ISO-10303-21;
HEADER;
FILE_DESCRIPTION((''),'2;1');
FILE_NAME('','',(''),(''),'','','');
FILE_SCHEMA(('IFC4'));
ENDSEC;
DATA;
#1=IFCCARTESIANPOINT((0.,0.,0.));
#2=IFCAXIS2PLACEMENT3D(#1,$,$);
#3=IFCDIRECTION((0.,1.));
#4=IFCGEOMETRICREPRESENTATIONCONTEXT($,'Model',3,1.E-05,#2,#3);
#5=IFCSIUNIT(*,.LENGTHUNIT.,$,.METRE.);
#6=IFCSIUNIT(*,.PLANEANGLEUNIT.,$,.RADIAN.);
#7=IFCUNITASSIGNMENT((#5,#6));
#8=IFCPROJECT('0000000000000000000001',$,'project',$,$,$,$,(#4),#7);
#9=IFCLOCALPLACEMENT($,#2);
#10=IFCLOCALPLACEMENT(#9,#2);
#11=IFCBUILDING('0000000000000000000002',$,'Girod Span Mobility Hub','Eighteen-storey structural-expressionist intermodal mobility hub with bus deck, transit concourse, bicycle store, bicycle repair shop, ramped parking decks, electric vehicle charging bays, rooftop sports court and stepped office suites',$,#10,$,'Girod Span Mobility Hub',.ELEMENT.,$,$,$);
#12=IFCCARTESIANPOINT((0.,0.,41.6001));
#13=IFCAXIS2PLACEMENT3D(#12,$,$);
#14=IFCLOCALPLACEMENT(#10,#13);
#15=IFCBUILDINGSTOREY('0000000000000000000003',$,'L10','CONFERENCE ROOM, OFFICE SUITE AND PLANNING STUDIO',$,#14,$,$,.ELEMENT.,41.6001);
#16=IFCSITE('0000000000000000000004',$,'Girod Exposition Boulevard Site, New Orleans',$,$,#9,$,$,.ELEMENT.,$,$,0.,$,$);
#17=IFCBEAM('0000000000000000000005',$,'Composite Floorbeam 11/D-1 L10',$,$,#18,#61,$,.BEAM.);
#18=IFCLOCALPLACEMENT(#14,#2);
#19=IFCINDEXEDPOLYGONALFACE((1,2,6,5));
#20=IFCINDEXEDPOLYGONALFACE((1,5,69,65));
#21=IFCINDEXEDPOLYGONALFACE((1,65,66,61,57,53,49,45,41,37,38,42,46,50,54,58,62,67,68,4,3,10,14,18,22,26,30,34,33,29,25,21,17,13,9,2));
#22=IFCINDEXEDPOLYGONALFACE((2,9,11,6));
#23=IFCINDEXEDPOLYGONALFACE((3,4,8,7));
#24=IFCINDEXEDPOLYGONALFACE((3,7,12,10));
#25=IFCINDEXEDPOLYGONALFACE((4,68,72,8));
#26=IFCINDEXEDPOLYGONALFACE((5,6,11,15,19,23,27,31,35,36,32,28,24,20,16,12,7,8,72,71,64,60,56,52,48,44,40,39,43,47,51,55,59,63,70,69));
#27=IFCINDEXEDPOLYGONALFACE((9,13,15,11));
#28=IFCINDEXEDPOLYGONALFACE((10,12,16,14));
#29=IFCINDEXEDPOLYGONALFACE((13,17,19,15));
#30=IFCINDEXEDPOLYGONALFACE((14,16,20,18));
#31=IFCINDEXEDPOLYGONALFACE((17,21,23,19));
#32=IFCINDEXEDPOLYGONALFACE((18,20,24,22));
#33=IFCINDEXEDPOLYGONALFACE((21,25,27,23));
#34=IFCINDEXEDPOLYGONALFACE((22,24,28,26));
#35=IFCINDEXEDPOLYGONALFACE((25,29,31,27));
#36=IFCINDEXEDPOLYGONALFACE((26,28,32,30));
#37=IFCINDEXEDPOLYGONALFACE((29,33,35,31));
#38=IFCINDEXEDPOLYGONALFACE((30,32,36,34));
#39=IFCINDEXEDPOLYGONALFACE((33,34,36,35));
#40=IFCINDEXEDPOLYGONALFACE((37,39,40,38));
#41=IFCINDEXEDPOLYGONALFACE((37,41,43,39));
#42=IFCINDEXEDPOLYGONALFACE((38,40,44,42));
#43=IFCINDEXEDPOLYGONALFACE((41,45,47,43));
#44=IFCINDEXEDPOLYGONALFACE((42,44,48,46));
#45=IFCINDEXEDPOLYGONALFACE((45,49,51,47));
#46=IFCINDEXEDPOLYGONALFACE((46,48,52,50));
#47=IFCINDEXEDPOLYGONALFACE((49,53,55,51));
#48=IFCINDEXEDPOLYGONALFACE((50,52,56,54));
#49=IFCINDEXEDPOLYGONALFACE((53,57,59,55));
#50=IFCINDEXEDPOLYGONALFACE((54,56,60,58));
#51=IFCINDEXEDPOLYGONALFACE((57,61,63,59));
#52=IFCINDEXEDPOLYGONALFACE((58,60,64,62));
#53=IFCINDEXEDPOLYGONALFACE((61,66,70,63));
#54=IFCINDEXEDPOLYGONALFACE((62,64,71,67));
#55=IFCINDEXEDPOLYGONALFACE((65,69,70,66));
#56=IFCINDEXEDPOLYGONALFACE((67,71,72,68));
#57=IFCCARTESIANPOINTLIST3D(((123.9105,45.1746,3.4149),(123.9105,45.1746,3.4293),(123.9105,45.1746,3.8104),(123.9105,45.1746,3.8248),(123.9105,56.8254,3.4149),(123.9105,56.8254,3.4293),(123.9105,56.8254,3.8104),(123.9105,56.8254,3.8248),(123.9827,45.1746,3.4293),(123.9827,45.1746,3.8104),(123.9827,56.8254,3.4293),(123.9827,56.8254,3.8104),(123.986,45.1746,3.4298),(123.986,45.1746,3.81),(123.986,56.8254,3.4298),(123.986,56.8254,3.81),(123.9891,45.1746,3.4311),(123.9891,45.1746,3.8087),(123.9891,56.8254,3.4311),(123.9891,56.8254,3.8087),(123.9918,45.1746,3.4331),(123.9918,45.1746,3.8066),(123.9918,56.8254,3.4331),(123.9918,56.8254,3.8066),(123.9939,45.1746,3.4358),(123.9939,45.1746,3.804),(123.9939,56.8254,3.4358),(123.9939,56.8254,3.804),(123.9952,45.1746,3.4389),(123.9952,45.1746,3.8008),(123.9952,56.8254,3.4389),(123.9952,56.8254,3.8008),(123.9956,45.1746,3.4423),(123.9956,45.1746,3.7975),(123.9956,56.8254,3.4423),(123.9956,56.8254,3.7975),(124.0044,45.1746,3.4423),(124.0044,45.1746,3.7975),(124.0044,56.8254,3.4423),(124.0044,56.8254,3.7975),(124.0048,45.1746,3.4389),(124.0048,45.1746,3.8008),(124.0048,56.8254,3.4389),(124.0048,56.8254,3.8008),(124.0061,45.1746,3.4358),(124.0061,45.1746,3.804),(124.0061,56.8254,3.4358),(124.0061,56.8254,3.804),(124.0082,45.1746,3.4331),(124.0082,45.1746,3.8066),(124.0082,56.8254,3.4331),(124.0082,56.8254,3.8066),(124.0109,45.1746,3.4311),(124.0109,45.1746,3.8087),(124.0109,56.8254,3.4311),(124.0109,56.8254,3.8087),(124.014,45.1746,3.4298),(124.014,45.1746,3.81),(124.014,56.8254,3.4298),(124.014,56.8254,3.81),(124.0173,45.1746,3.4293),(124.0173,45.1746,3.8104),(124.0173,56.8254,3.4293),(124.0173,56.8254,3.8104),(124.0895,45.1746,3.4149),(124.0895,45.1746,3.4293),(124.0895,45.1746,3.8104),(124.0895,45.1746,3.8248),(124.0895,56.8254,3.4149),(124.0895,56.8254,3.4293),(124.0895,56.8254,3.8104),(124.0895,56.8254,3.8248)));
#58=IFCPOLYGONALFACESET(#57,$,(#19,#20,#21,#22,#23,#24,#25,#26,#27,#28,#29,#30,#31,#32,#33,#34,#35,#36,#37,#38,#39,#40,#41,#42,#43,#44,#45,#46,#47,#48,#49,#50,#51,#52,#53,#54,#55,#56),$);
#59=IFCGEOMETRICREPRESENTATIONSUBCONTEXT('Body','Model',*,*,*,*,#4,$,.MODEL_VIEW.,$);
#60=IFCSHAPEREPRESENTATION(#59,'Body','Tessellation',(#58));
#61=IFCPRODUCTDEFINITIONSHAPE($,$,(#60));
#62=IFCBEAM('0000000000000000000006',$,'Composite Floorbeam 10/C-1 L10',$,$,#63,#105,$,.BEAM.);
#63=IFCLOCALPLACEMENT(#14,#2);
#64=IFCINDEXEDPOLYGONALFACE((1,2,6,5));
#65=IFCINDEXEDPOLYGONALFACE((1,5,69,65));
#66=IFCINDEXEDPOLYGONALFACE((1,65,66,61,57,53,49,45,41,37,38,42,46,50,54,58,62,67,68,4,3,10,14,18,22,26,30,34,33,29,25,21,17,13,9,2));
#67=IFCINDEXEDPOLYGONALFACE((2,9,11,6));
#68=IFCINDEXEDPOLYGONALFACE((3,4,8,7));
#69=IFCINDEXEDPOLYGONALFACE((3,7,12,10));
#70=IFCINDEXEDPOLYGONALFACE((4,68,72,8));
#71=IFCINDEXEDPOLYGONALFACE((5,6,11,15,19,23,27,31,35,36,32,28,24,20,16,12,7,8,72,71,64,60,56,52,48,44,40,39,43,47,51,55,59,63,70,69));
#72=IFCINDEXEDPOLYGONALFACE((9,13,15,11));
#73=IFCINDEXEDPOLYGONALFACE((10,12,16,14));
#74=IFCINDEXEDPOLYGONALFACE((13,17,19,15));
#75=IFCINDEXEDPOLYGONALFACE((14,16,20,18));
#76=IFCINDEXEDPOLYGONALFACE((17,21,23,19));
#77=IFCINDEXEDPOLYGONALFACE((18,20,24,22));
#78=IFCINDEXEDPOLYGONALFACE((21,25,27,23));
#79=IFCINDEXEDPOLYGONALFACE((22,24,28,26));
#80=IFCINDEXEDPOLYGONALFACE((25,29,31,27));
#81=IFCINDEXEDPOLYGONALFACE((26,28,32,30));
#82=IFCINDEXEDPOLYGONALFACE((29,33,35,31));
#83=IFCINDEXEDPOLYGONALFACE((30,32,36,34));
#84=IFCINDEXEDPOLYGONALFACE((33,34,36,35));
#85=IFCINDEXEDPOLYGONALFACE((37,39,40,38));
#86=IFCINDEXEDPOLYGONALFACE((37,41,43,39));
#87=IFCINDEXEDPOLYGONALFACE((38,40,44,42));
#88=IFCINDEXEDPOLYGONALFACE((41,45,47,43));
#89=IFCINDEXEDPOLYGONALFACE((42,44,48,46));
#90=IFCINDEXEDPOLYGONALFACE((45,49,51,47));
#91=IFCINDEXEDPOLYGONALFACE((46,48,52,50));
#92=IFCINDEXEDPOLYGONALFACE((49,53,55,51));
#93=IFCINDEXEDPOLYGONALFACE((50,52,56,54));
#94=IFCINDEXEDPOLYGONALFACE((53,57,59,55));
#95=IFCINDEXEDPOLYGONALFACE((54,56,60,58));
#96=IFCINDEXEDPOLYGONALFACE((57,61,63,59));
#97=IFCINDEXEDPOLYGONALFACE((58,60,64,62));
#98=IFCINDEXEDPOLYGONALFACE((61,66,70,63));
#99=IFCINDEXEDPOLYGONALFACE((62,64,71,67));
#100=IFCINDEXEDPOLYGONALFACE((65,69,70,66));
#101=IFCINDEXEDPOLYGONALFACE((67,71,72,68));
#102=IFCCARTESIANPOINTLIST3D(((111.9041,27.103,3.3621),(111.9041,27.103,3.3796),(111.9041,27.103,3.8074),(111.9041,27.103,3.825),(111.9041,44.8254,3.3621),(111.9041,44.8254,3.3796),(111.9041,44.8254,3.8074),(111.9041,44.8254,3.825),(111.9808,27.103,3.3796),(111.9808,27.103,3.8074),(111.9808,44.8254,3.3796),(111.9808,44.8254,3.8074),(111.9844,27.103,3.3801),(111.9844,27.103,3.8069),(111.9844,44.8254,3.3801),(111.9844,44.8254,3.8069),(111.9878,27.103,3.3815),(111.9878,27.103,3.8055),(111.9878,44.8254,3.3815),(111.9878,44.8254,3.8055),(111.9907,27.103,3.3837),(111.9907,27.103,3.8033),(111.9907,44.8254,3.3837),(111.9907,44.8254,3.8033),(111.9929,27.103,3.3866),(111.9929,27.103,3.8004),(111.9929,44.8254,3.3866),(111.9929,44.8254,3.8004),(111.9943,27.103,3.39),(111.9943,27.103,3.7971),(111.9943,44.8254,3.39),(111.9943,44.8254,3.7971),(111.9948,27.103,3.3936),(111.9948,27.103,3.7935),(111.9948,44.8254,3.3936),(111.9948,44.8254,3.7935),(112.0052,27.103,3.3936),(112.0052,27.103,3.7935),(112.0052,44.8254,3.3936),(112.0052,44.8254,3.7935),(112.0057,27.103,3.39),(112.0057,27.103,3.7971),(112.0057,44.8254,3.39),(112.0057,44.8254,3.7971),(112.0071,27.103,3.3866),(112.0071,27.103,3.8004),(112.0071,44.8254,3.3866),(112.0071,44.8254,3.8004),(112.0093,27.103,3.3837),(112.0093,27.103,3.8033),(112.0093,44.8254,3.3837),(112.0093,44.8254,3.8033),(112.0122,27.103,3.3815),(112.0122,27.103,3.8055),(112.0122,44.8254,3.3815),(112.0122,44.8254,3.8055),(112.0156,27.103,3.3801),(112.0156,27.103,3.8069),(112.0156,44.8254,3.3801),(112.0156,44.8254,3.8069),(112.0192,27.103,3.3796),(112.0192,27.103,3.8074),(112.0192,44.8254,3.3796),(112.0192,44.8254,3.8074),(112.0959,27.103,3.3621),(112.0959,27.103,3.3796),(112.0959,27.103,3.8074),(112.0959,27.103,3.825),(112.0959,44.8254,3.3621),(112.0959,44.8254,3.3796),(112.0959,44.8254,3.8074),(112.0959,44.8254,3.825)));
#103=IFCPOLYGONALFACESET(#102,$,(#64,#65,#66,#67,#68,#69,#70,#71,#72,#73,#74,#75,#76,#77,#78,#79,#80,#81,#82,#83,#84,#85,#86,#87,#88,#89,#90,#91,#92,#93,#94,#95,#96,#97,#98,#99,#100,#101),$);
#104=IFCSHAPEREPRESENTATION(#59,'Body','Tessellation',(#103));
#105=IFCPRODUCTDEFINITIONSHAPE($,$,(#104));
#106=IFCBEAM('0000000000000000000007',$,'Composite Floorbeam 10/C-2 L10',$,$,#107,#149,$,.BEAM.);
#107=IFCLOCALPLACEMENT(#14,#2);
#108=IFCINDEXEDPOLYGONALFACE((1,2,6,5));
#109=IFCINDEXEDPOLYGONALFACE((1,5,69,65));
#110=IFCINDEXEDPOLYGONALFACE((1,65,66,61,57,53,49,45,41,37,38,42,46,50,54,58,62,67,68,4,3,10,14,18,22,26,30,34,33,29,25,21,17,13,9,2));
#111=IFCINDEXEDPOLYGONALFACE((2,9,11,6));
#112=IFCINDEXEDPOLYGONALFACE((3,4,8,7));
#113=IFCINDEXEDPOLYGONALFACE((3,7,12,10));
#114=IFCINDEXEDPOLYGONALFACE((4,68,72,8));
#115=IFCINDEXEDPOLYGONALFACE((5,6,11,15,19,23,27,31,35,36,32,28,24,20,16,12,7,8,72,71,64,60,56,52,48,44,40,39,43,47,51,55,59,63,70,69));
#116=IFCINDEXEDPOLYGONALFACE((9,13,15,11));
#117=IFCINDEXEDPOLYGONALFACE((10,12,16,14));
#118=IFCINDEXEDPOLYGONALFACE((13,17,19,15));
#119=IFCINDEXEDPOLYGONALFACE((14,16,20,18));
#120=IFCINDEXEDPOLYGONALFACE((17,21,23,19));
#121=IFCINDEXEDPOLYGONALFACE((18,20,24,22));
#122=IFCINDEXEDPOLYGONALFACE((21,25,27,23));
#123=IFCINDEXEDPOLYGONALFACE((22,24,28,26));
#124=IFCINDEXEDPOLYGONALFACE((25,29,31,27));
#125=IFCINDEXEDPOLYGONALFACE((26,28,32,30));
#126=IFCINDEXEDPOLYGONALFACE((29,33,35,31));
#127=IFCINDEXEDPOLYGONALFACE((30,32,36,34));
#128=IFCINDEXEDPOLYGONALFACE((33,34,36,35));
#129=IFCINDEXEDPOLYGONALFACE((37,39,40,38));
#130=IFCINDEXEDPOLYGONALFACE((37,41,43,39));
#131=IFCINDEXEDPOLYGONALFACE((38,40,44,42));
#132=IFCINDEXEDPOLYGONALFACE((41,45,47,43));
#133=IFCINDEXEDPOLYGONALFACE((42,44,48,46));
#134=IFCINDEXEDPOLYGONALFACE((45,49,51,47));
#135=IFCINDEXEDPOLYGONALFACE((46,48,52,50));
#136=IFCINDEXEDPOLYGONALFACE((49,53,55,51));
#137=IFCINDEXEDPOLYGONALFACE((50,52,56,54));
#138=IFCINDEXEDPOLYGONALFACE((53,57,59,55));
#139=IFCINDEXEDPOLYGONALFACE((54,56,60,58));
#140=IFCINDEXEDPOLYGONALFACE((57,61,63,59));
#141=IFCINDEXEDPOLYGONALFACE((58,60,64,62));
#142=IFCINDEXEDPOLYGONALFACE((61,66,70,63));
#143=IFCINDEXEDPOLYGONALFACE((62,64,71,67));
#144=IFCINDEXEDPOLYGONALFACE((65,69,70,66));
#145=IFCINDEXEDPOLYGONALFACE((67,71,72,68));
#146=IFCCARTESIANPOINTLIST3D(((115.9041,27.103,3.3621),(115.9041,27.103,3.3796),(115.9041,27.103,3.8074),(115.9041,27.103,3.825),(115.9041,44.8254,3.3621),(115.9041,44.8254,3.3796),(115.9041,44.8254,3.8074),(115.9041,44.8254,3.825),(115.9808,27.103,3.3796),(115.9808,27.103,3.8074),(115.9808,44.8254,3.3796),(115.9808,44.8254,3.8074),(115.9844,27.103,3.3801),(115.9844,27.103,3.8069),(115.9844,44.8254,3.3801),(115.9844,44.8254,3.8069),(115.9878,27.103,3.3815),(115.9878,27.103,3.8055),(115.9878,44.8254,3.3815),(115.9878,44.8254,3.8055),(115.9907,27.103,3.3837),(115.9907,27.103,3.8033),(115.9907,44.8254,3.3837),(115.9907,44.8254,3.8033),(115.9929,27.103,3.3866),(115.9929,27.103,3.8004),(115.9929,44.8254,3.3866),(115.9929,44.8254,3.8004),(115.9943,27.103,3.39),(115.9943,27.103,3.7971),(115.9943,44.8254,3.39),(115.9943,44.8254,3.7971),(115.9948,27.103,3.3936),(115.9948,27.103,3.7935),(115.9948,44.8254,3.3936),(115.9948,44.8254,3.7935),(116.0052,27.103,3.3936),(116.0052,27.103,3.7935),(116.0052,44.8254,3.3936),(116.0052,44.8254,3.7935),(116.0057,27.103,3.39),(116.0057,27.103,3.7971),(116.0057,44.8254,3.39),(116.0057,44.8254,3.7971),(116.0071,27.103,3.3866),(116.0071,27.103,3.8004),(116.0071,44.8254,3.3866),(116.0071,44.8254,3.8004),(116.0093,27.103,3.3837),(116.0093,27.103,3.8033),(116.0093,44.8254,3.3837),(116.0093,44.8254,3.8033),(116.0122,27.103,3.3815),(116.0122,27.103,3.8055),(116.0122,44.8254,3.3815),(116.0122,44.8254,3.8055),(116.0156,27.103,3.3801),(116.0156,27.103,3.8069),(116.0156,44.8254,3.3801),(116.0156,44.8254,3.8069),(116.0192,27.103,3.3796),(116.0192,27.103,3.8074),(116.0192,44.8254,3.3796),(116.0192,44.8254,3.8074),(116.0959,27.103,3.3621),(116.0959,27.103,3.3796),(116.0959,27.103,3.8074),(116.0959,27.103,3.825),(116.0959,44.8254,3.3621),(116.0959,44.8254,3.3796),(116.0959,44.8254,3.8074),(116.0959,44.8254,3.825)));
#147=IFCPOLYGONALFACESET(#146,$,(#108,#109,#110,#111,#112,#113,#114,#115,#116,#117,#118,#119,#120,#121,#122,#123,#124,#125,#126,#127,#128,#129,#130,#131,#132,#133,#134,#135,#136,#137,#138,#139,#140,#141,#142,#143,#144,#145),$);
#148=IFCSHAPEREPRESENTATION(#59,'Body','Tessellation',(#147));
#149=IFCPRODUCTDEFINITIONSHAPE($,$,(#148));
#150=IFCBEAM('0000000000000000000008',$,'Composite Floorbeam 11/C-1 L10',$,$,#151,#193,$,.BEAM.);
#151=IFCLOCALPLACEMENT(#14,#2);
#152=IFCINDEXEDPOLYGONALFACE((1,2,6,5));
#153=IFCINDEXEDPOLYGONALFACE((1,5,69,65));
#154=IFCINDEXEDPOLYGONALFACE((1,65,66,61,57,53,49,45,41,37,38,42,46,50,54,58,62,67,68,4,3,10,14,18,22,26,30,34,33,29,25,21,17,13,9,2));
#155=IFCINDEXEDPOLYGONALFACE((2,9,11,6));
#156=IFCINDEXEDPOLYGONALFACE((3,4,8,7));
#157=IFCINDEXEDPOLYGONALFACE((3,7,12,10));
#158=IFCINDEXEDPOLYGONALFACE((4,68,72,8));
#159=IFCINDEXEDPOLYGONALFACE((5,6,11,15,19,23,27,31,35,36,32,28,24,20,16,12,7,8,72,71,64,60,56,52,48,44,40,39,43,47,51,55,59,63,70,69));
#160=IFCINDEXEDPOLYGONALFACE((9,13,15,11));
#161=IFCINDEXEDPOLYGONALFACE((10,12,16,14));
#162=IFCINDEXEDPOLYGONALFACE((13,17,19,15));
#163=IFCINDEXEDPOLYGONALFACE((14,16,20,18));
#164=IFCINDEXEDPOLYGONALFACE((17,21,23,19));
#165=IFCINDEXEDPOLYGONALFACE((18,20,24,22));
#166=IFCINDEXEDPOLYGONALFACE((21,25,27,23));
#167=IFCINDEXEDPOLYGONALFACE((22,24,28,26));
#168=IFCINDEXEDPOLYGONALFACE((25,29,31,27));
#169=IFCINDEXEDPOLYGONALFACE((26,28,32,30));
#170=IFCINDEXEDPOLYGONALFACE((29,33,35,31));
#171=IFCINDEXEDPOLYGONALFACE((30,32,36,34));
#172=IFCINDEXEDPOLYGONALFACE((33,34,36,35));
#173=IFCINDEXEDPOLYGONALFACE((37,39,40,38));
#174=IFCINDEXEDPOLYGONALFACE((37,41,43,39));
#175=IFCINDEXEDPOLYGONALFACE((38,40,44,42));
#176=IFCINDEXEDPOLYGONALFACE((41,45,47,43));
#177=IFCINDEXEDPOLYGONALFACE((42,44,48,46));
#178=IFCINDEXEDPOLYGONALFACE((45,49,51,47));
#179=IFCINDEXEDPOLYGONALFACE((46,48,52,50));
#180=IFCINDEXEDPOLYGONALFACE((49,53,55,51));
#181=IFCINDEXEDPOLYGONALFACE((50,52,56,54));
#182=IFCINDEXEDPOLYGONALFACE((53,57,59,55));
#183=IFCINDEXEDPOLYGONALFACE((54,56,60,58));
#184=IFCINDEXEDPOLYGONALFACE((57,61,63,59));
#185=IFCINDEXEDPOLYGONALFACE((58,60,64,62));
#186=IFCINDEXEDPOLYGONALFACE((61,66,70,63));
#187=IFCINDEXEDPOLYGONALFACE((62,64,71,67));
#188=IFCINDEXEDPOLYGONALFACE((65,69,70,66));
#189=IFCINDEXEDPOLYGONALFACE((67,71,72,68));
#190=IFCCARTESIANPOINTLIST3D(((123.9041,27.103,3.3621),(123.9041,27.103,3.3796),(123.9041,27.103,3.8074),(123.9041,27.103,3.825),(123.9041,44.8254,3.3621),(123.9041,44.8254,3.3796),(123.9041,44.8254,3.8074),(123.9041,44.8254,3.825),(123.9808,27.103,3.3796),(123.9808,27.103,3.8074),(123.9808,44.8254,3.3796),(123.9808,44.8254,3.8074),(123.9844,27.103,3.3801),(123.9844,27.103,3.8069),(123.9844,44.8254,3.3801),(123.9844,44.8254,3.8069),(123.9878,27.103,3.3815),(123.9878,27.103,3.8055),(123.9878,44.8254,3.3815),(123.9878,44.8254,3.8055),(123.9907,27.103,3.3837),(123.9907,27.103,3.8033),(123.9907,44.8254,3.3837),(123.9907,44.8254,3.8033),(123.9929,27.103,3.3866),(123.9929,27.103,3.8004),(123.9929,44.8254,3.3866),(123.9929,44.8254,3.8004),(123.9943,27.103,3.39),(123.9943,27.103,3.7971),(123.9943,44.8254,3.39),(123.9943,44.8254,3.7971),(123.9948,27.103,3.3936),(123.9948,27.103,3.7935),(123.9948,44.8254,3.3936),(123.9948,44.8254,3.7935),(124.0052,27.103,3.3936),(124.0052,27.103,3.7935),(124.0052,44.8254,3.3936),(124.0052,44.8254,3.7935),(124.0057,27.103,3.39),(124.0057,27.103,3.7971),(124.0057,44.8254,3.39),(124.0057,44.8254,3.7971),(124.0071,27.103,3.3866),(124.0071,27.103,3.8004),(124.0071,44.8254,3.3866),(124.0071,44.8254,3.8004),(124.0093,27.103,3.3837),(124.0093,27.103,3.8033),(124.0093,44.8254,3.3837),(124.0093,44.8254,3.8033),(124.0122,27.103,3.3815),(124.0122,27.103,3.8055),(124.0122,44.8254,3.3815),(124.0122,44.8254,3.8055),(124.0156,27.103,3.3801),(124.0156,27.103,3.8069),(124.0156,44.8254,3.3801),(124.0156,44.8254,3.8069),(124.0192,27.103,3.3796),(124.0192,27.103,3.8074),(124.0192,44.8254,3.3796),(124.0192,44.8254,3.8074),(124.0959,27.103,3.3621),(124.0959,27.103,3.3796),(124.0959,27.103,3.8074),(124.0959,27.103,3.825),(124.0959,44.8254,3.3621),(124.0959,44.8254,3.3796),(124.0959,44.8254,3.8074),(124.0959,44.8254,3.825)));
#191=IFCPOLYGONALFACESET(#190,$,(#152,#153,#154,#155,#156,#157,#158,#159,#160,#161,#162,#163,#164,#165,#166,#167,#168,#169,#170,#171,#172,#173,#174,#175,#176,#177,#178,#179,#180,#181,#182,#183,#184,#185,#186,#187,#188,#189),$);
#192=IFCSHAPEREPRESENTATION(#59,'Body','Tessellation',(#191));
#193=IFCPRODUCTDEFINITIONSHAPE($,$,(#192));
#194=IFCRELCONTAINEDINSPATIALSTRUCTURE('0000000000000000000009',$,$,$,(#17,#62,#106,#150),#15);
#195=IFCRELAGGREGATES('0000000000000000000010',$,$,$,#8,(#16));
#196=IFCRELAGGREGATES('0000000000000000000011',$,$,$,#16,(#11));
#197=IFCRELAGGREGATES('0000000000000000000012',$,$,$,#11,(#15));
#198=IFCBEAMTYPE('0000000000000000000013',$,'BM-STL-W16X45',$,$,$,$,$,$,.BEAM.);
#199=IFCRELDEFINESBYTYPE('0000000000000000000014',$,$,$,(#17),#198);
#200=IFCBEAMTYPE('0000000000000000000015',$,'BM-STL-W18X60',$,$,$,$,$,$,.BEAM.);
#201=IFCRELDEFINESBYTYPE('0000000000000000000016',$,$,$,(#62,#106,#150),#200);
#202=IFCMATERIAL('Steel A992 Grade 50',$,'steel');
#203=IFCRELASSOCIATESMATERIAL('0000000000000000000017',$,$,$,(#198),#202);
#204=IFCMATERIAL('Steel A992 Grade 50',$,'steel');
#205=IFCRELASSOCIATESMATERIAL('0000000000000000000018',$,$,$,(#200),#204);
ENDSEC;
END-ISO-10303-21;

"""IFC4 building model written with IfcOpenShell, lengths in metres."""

from ifc_helpers import new_model, si_unit, direction, frame, origin, origin_2d, place, context, subcontext, project, spatial, i_section, extrude, material, material_profile, profile_set, type_object, element, save


model = new_model("IFC4")

# Units and contexts
model_context = context("Model", 3, precision=1e-05, world=origin(), true_north=direction((0.0, 1.0)))
body_context = subcontext(model_context, "Body", "Model", "MODEL_VIEW")
ifc_project = project(units=[si_unit("LENGTHUNIT", "METRE"), si_unit("PLANEANGLEUNIT", "RADIAN")], contexts=[model_context])

# Site, building, storey
site_placement = place(None, origin())
site = spatial("IfcSite", under=ifc_project, at=site_placement, Name="Girod Exposition Boulevard Site, New Orleans", CompositionType="ELEMENT", RefElevation=0.0)
building_placement = place(site_placement, origin())
building = spatial("IfcBuilding", under=site, at=building_placement, Name="Girod Span Mobility Hub", Description="Eighteen-storey structural-expressionist intermodal mobility hub with bus deck, transit concourse, bicycle store, bicycle repair shop, ramped parking decks, electric vehicle charging bays, rooftop sports court and stepped office suites", LongName="Girod Span Mobility Hub", CompositionType="ELEMENT")
storey_placement = place(building_placement, frame((0.0, 0.0, 41.6001)))
storey = spatial("IfcBuildingStorey", under=building, at=storey_placement, Name="L10", Description="CONFERENCE ROOM, OFFICE SUITE AND PLANNING STUDIO", CompositionType="ELEMENT", Elevation=41.6001)

# Beams
ifc_material_1 = material(Name="Steel A992 Grade 50", Category="steel")
ifc_material_profile_1 = material_profile(ifc_material_1, i_section(OverallWidth=0.179, OverallDepth=0.4099, WebThickness=0.0088, FlangeThickness=0.0144, FilletRadius=0.0129, at=origin_2d()), Name="W16X45")
ifc_profile_set_1 = profile_set([ifc_material_profile_1], Name="Steel A992 Grade 50")
beam_type_1 = type_object("IfcBeamType", Name="BM-STL-W16X45", PredefinedType="BEAM", material=ifc_profile_set_1)
beam_1_placement = place(storey_placement, frame((124.0, 45.1746, 3.6199), z_axis=(0.0, 1.0, 0.0), x_axis=(-1.0, 0.0, 0.0)))
element("IfcBeam", 1, at=beam_1_placement, inside=storey, type_object=beam_type_1, Name="Composite Floorbeam 11/D-1 L10", PredefinedType="BEAM", context=body_context, shape_type="SweptSolid", body=[
    extrude(i_section(OverallWidth=0.179, OverallDepth=0.4099, WebThickness=0.0088, FlangeThickness=0.0144, FilletRadius=0.0129, at=origin_2d()), origin(), (0.0, 0.0, 1.0), 11.6509),
])
ifc_material_2 = material(Name="Steel A992 Grade 50", Category="steel")
ifc_material_profile_2 = material_profile(ifc_material_2, i_section(OverallWidth=0.1919, OverallDepth=0.4629, WebThickness=0.0105, FlangeThickness=0.0176, FilletRadius=0.0139, at=origin_2d()), Name="W18X60")
ifc_profile_set_2 = profile_set([ifc_material_profile_2], Name="Steel A992 Grade 50")
beam_type_2 = type_object("IfcBeamType", Name="BM-STL-W18X60", PredefinedType="BEAM", material=ifc_profile_set_2)
for number, where, z_axis, x_axis, name in (
    (2, (112.0, 27.103, 3.5935), (0.0, 1.0, 0.0), (-1.0, 0.0, 0.0), "Composite Floorbeam 10/C-1 L10"),
    (3, (116.0, 27.103, 3.5935), (0.0, 1.0, 0.0), (-1.0, 0.0, 0.0), "Composite Floorbeam 10/C-2 L10"),
    (4, (124.0, 27.103, 3.5935), (0.0, 1.0, 0.0), (-1.0, 0.0, 0.0), "Composite Floorbeam 11/C-1 L10"),
):
    element("IfcBeam", number, at=place(storey_placement, frame(where, z_axis=z_axis, x_axis=x_axis)), inside=storey, type_object=beam_type_2, Name=name, PredefinedType="BEAM", context=body_context, shape_type="SweptSolid", body=[
        extrude(i_section(OverallWidth=0.1919, OverallDepth=0.4629, WebThickness=0.0105, FlangeThickness=0.0176, FilletRadius=0.0139, at=origin_2d()), origin(), (0.0, 0.0, 1.0), 17.7224),
    ])

save(model, "model.ifc")
